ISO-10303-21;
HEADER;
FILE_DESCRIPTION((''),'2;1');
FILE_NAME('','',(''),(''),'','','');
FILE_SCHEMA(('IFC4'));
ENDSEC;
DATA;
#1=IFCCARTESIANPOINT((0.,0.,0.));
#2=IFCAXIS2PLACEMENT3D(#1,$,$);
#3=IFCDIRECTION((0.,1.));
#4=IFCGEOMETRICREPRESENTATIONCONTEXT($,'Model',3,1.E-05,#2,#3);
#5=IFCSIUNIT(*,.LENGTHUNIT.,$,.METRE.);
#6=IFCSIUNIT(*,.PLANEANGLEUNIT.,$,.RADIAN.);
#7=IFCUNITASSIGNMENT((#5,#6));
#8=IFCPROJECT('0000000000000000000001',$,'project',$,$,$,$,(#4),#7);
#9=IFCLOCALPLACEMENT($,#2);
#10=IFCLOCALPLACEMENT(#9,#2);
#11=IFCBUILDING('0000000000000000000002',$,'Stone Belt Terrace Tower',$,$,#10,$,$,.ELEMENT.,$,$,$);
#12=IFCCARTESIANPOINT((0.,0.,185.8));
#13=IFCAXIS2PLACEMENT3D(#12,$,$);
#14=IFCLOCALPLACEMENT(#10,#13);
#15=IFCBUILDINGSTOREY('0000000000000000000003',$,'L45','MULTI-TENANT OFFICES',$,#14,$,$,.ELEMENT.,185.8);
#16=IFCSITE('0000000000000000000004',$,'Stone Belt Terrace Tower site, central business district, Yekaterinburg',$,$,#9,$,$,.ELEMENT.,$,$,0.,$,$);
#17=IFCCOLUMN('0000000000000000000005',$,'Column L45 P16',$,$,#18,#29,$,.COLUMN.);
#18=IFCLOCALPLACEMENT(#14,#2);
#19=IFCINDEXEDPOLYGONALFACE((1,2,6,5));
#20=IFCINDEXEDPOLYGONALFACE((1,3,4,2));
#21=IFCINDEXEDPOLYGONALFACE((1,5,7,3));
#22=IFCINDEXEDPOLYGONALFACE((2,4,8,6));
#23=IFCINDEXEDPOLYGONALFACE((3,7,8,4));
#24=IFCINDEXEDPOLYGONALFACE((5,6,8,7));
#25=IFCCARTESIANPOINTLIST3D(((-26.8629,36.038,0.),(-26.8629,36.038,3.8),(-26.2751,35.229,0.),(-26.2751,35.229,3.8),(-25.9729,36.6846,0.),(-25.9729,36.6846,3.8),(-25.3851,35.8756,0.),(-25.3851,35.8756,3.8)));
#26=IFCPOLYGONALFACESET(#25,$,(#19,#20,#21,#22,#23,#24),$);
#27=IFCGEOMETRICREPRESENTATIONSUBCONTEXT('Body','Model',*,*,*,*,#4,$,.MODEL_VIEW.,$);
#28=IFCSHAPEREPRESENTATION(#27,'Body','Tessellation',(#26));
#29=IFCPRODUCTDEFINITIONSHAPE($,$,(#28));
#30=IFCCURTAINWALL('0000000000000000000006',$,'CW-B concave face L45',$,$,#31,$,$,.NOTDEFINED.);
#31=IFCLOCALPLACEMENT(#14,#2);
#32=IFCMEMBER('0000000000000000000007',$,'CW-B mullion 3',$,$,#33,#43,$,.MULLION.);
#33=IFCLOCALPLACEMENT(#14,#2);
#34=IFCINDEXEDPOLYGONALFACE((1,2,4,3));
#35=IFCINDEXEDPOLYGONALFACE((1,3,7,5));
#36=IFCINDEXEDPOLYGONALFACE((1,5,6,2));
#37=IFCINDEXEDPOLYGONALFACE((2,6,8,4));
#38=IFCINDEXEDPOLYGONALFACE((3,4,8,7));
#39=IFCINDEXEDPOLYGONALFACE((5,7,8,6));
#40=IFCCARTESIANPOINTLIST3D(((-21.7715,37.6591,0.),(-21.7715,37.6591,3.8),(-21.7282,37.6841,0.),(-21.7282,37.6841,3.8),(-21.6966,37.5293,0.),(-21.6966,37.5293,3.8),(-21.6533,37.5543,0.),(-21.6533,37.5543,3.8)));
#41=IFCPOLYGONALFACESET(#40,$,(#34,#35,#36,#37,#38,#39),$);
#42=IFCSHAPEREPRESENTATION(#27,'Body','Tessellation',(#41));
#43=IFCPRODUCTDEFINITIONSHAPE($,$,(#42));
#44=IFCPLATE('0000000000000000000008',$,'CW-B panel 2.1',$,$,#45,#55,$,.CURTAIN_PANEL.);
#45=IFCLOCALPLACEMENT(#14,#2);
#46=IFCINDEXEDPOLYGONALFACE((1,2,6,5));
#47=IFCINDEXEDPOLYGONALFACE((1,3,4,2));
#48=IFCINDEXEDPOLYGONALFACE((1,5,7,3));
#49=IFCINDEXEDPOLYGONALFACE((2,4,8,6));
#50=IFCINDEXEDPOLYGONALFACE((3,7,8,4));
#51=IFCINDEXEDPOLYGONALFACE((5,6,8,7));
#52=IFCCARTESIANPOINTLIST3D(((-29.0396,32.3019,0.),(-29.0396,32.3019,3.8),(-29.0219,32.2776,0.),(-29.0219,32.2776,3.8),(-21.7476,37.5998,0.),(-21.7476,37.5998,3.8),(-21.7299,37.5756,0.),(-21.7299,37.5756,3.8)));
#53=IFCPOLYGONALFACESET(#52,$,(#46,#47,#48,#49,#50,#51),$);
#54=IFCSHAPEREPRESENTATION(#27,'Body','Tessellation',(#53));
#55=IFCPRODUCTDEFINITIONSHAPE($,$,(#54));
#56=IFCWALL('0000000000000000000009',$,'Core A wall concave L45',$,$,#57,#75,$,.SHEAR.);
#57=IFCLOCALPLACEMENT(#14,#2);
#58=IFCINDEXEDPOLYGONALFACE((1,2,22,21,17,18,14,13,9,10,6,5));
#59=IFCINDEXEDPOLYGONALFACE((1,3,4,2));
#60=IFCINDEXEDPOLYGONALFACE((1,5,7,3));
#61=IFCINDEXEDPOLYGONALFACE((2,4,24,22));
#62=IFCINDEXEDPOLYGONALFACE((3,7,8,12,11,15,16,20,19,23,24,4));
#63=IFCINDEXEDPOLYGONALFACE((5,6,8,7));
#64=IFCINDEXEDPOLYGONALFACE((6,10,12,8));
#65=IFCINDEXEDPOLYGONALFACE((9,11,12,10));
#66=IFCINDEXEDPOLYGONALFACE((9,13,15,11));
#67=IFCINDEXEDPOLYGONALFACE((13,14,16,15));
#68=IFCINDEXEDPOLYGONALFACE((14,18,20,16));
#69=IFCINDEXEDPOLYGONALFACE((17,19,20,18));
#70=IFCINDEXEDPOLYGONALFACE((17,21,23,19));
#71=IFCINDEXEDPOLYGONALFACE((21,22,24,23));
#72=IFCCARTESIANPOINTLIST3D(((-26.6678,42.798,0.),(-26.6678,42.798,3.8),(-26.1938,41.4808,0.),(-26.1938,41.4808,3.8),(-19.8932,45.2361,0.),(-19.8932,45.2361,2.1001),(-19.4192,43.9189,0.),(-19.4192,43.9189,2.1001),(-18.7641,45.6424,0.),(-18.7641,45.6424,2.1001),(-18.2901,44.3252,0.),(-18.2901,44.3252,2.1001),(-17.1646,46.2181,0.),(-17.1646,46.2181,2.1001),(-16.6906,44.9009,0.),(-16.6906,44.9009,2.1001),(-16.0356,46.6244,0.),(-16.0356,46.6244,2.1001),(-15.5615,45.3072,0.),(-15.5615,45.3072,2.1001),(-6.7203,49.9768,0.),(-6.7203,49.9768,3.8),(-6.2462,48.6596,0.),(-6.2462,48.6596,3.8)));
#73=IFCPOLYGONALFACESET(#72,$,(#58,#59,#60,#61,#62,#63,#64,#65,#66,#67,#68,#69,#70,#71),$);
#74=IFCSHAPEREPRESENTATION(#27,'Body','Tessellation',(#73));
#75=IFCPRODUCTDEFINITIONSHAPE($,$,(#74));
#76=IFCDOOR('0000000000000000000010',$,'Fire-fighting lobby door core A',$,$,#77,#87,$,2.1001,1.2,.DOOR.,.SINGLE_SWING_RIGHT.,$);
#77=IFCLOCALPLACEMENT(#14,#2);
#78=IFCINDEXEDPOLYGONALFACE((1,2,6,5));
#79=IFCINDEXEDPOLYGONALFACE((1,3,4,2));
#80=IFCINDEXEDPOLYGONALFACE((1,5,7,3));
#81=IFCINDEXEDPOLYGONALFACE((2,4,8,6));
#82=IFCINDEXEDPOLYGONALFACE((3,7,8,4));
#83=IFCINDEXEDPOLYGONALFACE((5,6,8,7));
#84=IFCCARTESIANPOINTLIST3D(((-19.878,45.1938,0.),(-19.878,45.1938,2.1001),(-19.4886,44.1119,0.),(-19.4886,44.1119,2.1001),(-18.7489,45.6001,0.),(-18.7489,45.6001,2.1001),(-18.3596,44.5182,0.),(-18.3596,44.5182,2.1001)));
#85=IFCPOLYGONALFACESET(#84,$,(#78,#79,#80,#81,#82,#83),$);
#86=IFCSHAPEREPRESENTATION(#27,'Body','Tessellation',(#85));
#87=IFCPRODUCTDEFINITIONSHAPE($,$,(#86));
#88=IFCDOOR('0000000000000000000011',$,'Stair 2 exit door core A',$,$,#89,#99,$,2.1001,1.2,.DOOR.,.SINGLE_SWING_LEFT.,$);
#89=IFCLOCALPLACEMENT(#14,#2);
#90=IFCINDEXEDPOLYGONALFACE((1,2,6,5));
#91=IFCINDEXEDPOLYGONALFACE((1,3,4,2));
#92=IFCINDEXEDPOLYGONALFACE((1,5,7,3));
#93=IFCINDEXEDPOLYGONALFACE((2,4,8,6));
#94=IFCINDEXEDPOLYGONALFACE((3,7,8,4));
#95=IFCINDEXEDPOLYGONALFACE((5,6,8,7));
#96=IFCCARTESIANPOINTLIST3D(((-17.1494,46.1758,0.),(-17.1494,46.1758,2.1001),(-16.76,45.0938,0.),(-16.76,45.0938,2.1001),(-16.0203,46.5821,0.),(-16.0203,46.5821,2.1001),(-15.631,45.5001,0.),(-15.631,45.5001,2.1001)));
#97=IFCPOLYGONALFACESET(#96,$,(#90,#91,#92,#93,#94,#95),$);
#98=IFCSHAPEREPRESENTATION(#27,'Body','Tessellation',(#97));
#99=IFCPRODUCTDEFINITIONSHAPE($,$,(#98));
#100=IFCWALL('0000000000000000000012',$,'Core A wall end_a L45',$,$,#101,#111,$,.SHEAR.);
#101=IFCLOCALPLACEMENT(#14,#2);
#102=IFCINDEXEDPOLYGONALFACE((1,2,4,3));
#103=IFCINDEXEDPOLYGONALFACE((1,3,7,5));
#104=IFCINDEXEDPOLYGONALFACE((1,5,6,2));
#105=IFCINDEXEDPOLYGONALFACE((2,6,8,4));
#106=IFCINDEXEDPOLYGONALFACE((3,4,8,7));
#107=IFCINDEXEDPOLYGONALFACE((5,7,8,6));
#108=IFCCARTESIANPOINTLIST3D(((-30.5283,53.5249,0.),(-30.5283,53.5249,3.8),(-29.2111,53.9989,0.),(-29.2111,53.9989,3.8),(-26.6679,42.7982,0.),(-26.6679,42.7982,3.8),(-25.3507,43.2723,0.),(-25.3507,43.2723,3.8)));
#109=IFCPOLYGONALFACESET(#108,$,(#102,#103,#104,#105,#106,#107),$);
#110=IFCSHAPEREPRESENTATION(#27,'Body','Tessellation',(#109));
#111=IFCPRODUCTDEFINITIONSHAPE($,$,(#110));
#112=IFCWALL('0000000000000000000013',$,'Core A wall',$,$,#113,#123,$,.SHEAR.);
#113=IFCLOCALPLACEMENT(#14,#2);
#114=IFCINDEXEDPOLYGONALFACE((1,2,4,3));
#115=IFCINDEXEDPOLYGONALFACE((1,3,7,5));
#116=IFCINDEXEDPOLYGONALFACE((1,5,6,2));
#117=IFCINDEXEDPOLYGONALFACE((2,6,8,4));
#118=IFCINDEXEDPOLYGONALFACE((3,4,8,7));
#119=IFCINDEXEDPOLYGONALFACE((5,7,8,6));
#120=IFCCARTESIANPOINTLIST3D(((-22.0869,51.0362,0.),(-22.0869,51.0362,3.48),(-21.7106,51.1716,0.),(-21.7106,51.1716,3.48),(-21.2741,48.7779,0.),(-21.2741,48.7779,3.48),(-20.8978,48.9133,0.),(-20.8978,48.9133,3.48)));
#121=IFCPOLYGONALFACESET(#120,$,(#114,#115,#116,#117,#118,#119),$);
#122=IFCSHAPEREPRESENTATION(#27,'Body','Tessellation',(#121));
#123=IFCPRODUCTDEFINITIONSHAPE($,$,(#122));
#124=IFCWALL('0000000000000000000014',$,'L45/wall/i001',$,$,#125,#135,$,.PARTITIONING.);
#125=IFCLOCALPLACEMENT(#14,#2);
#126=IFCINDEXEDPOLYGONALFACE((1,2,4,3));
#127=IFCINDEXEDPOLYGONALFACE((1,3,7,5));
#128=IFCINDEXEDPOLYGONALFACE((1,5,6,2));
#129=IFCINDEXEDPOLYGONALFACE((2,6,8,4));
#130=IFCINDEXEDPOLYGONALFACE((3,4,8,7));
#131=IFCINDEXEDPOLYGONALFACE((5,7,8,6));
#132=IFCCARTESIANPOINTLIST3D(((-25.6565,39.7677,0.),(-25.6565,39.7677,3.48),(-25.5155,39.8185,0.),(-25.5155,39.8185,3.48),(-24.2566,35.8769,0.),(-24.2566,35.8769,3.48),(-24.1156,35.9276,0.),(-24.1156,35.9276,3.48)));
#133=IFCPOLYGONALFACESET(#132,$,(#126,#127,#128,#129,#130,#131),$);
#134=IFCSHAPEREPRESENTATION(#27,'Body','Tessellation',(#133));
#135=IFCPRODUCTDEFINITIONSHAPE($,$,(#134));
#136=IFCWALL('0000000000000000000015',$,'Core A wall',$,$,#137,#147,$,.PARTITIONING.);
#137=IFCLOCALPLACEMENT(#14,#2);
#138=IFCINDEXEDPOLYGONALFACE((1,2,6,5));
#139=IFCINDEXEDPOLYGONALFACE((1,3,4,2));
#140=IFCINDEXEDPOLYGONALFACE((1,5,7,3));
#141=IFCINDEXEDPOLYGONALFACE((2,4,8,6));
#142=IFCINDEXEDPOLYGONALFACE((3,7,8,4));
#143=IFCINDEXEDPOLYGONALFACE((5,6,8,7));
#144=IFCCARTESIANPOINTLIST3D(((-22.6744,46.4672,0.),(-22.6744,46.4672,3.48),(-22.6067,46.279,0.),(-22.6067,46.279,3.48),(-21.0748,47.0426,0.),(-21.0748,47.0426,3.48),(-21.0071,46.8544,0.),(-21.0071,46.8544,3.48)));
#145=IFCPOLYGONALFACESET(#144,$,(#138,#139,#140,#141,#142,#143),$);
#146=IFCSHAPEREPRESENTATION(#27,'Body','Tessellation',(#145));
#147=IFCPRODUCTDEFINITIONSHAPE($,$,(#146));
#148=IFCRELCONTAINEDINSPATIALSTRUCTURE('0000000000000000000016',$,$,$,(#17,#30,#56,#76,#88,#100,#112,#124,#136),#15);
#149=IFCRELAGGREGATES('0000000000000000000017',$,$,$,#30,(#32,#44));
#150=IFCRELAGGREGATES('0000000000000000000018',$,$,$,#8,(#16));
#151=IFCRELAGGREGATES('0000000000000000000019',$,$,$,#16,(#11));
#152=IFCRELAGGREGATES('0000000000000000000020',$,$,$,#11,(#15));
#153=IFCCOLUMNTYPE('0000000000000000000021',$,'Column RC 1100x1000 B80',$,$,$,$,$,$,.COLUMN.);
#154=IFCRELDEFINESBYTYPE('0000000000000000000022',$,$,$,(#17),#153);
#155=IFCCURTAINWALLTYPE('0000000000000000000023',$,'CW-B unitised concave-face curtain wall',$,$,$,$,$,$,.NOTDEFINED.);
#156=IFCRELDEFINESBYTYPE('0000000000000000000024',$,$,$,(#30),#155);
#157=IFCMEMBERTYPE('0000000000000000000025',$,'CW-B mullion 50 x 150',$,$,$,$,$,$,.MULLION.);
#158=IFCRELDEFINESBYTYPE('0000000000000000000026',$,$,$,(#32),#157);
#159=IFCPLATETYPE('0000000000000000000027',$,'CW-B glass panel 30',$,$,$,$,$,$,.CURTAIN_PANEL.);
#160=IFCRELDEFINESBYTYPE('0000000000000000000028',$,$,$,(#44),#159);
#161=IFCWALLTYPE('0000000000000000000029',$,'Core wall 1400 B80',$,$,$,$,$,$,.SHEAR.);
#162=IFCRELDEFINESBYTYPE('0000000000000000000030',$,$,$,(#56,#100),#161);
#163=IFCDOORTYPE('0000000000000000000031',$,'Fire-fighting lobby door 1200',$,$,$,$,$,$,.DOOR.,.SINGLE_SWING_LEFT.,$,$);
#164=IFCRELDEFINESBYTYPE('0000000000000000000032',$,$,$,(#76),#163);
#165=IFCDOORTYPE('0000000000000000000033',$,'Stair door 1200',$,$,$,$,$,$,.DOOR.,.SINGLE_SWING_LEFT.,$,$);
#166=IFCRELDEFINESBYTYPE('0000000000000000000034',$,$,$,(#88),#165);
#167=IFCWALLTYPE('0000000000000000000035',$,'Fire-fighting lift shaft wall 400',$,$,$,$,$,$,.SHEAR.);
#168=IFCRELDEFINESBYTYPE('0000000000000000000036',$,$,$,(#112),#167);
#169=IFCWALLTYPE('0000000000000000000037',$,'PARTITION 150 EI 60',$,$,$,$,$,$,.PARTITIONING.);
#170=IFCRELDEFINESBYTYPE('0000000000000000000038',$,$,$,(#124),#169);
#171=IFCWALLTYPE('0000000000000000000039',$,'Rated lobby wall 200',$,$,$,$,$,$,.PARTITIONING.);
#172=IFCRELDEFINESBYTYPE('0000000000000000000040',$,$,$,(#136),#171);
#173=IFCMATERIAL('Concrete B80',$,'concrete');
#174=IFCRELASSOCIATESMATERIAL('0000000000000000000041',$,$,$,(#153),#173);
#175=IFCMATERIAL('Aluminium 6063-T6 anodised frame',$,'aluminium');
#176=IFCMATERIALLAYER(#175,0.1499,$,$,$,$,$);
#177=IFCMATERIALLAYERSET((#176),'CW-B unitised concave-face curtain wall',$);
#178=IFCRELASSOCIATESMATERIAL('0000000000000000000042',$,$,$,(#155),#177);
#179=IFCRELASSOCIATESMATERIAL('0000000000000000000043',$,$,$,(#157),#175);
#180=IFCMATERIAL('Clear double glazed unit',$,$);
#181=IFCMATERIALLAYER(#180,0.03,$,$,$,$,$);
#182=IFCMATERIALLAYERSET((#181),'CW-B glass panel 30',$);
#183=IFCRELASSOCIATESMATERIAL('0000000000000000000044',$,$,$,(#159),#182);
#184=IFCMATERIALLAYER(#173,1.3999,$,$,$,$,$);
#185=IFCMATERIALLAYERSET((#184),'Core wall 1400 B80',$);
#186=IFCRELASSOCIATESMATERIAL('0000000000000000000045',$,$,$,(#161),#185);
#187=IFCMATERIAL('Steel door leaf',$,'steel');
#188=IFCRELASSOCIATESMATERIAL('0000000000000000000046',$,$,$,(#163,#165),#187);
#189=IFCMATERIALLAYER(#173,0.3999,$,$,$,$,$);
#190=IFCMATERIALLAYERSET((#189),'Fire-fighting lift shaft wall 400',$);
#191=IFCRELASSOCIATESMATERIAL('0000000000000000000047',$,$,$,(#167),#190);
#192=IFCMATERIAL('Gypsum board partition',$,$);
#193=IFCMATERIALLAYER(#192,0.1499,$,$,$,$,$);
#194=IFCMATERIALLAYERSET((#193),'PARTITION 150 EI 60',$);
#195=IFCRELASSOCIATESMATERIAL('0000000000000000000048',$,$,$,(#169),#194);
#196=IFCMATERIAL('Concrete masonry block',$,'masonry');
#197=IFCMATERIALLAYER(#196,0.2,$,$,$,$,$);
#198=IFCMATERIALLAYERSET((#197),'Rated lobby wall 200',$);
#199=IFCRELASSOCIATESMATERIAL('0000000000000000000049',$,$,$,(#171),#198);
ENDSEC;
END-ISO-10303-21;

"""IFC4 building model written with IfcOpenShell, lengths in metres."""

from ifc_helpers import new_model, si_unit, direction, frame, frame_2d, origin, origin_2d, place, context, subcontext, project, spatial, rectangle, extrude, material, layer, layer_set, material_profile, profile_set, type_object, element, fill, aggregate, save


model = new_model("IFC4")

# Units and contexts
model_context = context("Model", 3, precision=1e-05, world=origin(), true_north=direction((0.0, 1.0)))
body_context = subcontext(model_context, "Body", "Model", "MODEL_VIEW")
ifc_project = project(units=[si_unit("LENGTHUNIT", "METRE"), si_unit("PLANEANGLEUNIT", "RADIAN")], contexts=[model_context])

# Site, building, storey
site_placement = place(None, origin())
site = spatial("IfcSite", under=ifc_project, at=site_placement, Name="Stone Belt Terrace Tower site, central business district, Yekaterinburg", CompositionType="ELEMENT", RefElevation=0.0)
building_placement = place(site_placement, origin())
building = spatial("IfcBuilding", under=site, at=building_placement, Name="Stone Belt Terrace Tower", CompositionType="ELEMENT")
storey_placement = place(building_placement, frame((0.0, 0.0, 185.8)))
storey = spatial("IfcBuildingStorey", under=building, at=storey_placement, Name="L45", Description="MULTI-TENANT OFFICES", CompositionType="ELEMENT", Elevation=185.8)

# Column
ifc_material_1 = material(Name="Concrete B80", Category="concrete")
ifc_material_profile_1 = material_profile(ifc_material_1, rectangle(XDim=1.1001, YDim=1.0, at=origin_2d()), Name="RC 1100x1000")
ifc_profile_set_1 = profile_set([ifc_material_profile_1], Name="Concrete B80")
column_type = type_object("IfcColumnType", Name="Column RC 1100x1000 B80", PredefinedType="COLUMN", material=ifc_profile_set_1)
column_placement = place(storey_placement, frame((-26.124, 35.9568, 0.0), z_axis=(0.0, 0.0, 1.0), x_axis=(0.809017, 0.587785, 0.0)))
element("IfcColumn", 1, at=column_placement, inside=storey, type_object=column_type, Name="Column L45 P16", PredefinedType="COLUMN", context=body_context, shape_type="SweptSolid", body=[
    extrude(rectangle(XDim=1.1001, YDim=1.0, at=origin_2d()), origin(), (0.0, 0.0, 1.0), 3.8),
])

# Curtain wall, member, plate
ifc_material_2 = material(Name="Aluminium 6063-T6 anodised frame", Category="aluminium")
ifc_layer_1 = layer(ifc_material_2, 0.1499)
ifc_layer_set_1 = layer_set([ifc_layer_1], Name="CW-B unitised concave-face curtain wall")
curtain_wall_type = type_object("IfcCurtainWallType", Name="CW-B unitised concave-face curtain wall", PredefinedType="NOTDEFINED", material=ifc_layer_set_1)
curtain_wall_placement = place(storey_placement, origin())
curtain_wall = element("IfcCurtainWall", 2, at=curtain_wall_placement, inside=storey, type_object=curtain_wall_type, Name="CW-B concave face L45", PredefinedType="NOTDEFINED")
ifc_material_profile_2 = material_profile(ifc_material_2, rectangle(XDim=0.1499, YDim=0.05, at=origin_2d()), Name="Aluminium 6063-T6 50x150")
ifc_profile_set_2 = profile_set([ifc_material_profile_2], Name="Aluminium 6063-T6 anodised frame")
member_type = type_object("IfcMemberType", Name="CW-B mullion 50 x 150", PredefinedType="MULLION", material=ifc_profile_set_2)
member_placement = place(storey_placement, frame((-21.7124, 37.6067, 0.0), z_axis=(0.0, 0.0, 1.0), x_axis=(-0.5, 0.866025, 0.0)))
member = element("IfcMember", 3, at=member_placement, type_object=member_type, Name="CW-B mullion 3", PredefinedType="MULLION", context=body_context, shape_type="SweptSolid", body=[
    extrude(rectangle(XDim=0.1499, YDim=0.05, at=origin_2d()), origin(), (0.0, 0.0, 1.0), 3.8),
])
ifc_material_3 = material(Name="Clear double glazed unit")
ifc_layer_2 = layer(ifc_material_3, 0.03)
ifc_layer_set_2 = layer_set([ifc_layer_2], Name="CW-B glass panel 30")
plate_type = type_object("IfcPlateType", Name="CW-B glass panel 30", PredefinedType="CURTAIN_PANEL", material=ifc_layer_set_2)
plate_placement = place(storey_placement, frame((-25.3848, 34.9387, 0.0), z_axis=(0.0, 0.0, 1.0), x_axis=(0.809017, 0.587785, 0.0)))
plate = element("IfcPlate", 4, at=plate_placement, type_object=plate_type, Name="CW-B panel 2.1", PredefinedType="CURTAIN_PANEL", context=body_context, shape_type="SweptSolid", body=[
    extrude(rectangle(XDim=9.0134, YDim=0.03, at=origin_2d()), origin(), (0.0, 0.0, 1.0), 3.8),
])
aggregate(curtain_wall, [member, plate])

# Wall, openings, doors
ifc_layer_3 = layer(ifc_material_1, 1.3999)
ifc_layer_set_3 = layer_set([ifc_layer_3], Name="Core wall 1400 B80")
wall_type_1 = type_object("IfcWallType", Name="Core wall 1400 B80", PredefinedType="SHEAR", material=ifc_layer_set_3)
wall_1_placement = place(storey_placement, frame((-26.4309, 42.1394, 0.0), z_axis=(0.0, 0.0, 1.0), x_axis=(0.940923, 0.33862, 0.0)))
wall_1 = element("IfcWall", 5, at=wall_1_placement, inside=storey, type_object=wall_type_1, Name="Core A wall concave L45", PredefinedType="SHEAR", context=body_context, shape_type="SweptSolid", body=[
    extrude(rectangle(XDim=21.2, YDim=1.3999, at=frame_2d((10.6001, 0.0))), origin(), (0.0, 0.0, 1.0), 3.8),
])
opening_1_placement = place(wall_1_placement, frame((7.2, 0.0, 0.0)))
opening_1 = element("IfcOpeningElement", 6, at=opening_1_placement, cuts=wall_1, PredefinedType="OPENING", context=body_context, shape_type="SweptSolid", body=[
    extrude(rectangle(XDim=1.2, YDim=2.1001, at=frame_2d((0.6001, 1.05))), frame((0.0, 0.71, 0.0), z_axis=(0.0, -1.0, 0.0), x_axis=(1.0, 0.0, 0.0)), (0.0, 0.0, 1.0), 1.4199),
])
opening_2_placement = place(wall_1_placement, frame((10.0999, 0.0, 0.0)))
opening_2 = element("IfcOpeningElement", 7, at=opening_2_placement, cuts=wall_1, PredefinedType="OPENING", context=body_context, shape_type="SweptSolid", body=[
    extrude(rectangle(XDim=1.2, YDim=2.1001, at=frame_2d((0.6001, 1.05))), frame((0.0, 0.71, 0.0), z_axis=(0.0, -1.0, 0.0), x_axis=(1.0, 0.0, 0.0)), (0.0, 0.0, 1.0), 1.4199),
])
ifc_material_4 = material(Name="Steel door leaf", Category="steel")
door_type_1 = type_object("IfcDoorType", Name="Fire-fighting lobby door 1200", OperationType="SINGLE_SWING_LEFT", PredefinedType="DOOR", material=ifc_material_4)
door_1_placement = place(opening_1_placement, origin())
door_1 = element("IfcDoor", 8, at=door_1_placement, inside=storey, type_object=door_type_1, Name="Fire-fighting lobby door core A", OperationType="SINGLE_SWING_RIGHT", OverallHeight=2.1001, OverallWidth=1.2, PredefinedType="DOOR", context=body_context, shape_type="SweptSolid", body=[
    extrude(rectangle(XDim=1.2, YDim=2.1001, at=frame_2d((0.6001, 1.05))), frame((0.0, 0.655, 0.0), z_axis=(0.0, -1.0, 0.0), x_axis=(1.0, 0.0, 0.0)), (0.0, 0.0, 1.0), 1.1499),
])
fill(opening_1, door_1)
door_type_2 = type_object("IfcDoorType", Name="Stair door 1200", OperationType="SINGLE_SWING_LEFT", PredefinedType="DOOR", material=ifc_material_4)
door_2_placement = place(opening_2_placement, origin())
door_2 = element("IfcDoor", 9, at=door_2_placement, inside=storey, type_object=door_type_2, Name="Stair 2 exit door core A", OperationType="SINGLE_SWING_LEFT", OverallHeight=2.1001, OverallWidth=1.2, PredefinedType="DOOR", context=body_context, shape_type="SweptSolid", body=[
    extrude(rectangle(XDim=1.2, YDim=2.1001, at=frame_2d((0.6001, 1.05))), frame((0.0, 0.655, 0.0), z_axis=(0.0, -1.0, 0.0), x_axis=(1.0, 0.0, 0.0)), (0.0, 0.0, 1.0), 1.1499),
])
fill(opening_2, door_2)

# Walls
wall_2_placement = place(storey_placement, frame((-26.0093, 43.0352, 0.0), z_axis=(0.0, 0.0, 1.0), x_axis=(-0.338625, 0.940921, 0.0)))
element("IfcWall", 10, at=wall_2_placement, inside=storey, type_object=wall_type_1, Name="Core A wall end_a L45", PredefinedType="SHEAR", context=body_context, shape_type="SweptSolid", body=[
    extrude(rectangle(XDim=11.4001, YDim=1.3999, at=frame_2d((5.7002, 0.0))), origin(), (0.0, 0.0, 1.0), 3.8),
])
ifc_layer_4 = layer(ifc_material_1, 0.3999)
ifc_layer_set_4 = layer_set([ifc_layer_4], Name="Fire-fighting lift shaft wall 400")
wall_type_2 = type_object("IfcWallType", Name="Fire-fighting lift shaft wall 400", PredefinedType="SHEAR", material=ifc_layer_set_4)
wall_3_placement = place(storey_placement, frame((-21.0859, 48.8455, 0.0), z_axis=(0.0, 0.0, 1.0), x_axis=(-0.338629, 0.94092, 0.0)))
element("IfcWall", 11, at=wall_3_placement, inside=storey, type_object=wall_type_2, Name="Core A wall", PredefinedType="SHEAR", context=body_context, shape_type="SweptSolid", body=[
    extrude(rectangle(XDim=2.4001, YDim=0.3999, at=frame_2d((1.2002, 0.0))), origin(), (0.0, 0.0, 1.0), 3.48),
])
ifc_material_5 = material(Name="Gypsum board partition")
ifc_layer_5 = layer(ifc_material_5, 0.1499)
ifc_layer_set_5 = layer_set([ifc_layer_5], Name="PARTITION 150 EI 60")
wall_type_3 = type_object("IfcWallType", Name="PARTITION 150 EI 60", PredefinedType="PARTITIONING", material=ifc_layer_set_5)
wall_4_placement = place(storey_placement, frame((-25.5859, 39.793, 0.0), z_axis=(0.0, 0.0, 1.0), x_axis=(0.338546, -0.94095, 0.0)))
element("IfcWall", 12, at=wall_4_placement, inside=storey, type_object=wall_type_3, Name="L45/wall/i001", PredefinedType="PARTITIONING", context=body_context, shape_type="SweptSolid", body=[
    extrude(rectangle(XDim=4.135, YDim=0.1499, at=frame_2d((2.0674, 0.0))), origin(), (0.0, 0.0, 1.0), 3.48),
])
ifc_material_6 = material(Name="Concrete masonry block", Category="masonry")
ifc_layer_6 = layer(ifc_material_6, 0.2)
ifc_layer_set_6 = layer_set([ifc_layer_6], Name="Rated lobby wall 200")
wall_type_4 = type_object("IfcWallType", Name="Rated lobby wall 200", PredefinedType="PARTITIONING", material=ifc_layer_set_6)
wall_5_placement = place(storey_placement, frame((-22.6406, 46.373, 0.0), z_axis=(0.0, 0.0, 1.0), x_axis=(0.940966, 0.338501, 0.0)))
element("IfcWall", 13, at=wall_5_placement, inside=storey, type_object=wall_type_4, Name="Core A wall", PredefinedType="PARTITIONING", context=body_context, shape_type="SweptSolid", body=[
    extrude(rectangle(XDim=1.7, YDim=0.2, at=frame_2d((0.8501, 0.0))), origin(), (0.0, 0.0, 1.0), 3.48),
])

save(model, "model.ifc")
